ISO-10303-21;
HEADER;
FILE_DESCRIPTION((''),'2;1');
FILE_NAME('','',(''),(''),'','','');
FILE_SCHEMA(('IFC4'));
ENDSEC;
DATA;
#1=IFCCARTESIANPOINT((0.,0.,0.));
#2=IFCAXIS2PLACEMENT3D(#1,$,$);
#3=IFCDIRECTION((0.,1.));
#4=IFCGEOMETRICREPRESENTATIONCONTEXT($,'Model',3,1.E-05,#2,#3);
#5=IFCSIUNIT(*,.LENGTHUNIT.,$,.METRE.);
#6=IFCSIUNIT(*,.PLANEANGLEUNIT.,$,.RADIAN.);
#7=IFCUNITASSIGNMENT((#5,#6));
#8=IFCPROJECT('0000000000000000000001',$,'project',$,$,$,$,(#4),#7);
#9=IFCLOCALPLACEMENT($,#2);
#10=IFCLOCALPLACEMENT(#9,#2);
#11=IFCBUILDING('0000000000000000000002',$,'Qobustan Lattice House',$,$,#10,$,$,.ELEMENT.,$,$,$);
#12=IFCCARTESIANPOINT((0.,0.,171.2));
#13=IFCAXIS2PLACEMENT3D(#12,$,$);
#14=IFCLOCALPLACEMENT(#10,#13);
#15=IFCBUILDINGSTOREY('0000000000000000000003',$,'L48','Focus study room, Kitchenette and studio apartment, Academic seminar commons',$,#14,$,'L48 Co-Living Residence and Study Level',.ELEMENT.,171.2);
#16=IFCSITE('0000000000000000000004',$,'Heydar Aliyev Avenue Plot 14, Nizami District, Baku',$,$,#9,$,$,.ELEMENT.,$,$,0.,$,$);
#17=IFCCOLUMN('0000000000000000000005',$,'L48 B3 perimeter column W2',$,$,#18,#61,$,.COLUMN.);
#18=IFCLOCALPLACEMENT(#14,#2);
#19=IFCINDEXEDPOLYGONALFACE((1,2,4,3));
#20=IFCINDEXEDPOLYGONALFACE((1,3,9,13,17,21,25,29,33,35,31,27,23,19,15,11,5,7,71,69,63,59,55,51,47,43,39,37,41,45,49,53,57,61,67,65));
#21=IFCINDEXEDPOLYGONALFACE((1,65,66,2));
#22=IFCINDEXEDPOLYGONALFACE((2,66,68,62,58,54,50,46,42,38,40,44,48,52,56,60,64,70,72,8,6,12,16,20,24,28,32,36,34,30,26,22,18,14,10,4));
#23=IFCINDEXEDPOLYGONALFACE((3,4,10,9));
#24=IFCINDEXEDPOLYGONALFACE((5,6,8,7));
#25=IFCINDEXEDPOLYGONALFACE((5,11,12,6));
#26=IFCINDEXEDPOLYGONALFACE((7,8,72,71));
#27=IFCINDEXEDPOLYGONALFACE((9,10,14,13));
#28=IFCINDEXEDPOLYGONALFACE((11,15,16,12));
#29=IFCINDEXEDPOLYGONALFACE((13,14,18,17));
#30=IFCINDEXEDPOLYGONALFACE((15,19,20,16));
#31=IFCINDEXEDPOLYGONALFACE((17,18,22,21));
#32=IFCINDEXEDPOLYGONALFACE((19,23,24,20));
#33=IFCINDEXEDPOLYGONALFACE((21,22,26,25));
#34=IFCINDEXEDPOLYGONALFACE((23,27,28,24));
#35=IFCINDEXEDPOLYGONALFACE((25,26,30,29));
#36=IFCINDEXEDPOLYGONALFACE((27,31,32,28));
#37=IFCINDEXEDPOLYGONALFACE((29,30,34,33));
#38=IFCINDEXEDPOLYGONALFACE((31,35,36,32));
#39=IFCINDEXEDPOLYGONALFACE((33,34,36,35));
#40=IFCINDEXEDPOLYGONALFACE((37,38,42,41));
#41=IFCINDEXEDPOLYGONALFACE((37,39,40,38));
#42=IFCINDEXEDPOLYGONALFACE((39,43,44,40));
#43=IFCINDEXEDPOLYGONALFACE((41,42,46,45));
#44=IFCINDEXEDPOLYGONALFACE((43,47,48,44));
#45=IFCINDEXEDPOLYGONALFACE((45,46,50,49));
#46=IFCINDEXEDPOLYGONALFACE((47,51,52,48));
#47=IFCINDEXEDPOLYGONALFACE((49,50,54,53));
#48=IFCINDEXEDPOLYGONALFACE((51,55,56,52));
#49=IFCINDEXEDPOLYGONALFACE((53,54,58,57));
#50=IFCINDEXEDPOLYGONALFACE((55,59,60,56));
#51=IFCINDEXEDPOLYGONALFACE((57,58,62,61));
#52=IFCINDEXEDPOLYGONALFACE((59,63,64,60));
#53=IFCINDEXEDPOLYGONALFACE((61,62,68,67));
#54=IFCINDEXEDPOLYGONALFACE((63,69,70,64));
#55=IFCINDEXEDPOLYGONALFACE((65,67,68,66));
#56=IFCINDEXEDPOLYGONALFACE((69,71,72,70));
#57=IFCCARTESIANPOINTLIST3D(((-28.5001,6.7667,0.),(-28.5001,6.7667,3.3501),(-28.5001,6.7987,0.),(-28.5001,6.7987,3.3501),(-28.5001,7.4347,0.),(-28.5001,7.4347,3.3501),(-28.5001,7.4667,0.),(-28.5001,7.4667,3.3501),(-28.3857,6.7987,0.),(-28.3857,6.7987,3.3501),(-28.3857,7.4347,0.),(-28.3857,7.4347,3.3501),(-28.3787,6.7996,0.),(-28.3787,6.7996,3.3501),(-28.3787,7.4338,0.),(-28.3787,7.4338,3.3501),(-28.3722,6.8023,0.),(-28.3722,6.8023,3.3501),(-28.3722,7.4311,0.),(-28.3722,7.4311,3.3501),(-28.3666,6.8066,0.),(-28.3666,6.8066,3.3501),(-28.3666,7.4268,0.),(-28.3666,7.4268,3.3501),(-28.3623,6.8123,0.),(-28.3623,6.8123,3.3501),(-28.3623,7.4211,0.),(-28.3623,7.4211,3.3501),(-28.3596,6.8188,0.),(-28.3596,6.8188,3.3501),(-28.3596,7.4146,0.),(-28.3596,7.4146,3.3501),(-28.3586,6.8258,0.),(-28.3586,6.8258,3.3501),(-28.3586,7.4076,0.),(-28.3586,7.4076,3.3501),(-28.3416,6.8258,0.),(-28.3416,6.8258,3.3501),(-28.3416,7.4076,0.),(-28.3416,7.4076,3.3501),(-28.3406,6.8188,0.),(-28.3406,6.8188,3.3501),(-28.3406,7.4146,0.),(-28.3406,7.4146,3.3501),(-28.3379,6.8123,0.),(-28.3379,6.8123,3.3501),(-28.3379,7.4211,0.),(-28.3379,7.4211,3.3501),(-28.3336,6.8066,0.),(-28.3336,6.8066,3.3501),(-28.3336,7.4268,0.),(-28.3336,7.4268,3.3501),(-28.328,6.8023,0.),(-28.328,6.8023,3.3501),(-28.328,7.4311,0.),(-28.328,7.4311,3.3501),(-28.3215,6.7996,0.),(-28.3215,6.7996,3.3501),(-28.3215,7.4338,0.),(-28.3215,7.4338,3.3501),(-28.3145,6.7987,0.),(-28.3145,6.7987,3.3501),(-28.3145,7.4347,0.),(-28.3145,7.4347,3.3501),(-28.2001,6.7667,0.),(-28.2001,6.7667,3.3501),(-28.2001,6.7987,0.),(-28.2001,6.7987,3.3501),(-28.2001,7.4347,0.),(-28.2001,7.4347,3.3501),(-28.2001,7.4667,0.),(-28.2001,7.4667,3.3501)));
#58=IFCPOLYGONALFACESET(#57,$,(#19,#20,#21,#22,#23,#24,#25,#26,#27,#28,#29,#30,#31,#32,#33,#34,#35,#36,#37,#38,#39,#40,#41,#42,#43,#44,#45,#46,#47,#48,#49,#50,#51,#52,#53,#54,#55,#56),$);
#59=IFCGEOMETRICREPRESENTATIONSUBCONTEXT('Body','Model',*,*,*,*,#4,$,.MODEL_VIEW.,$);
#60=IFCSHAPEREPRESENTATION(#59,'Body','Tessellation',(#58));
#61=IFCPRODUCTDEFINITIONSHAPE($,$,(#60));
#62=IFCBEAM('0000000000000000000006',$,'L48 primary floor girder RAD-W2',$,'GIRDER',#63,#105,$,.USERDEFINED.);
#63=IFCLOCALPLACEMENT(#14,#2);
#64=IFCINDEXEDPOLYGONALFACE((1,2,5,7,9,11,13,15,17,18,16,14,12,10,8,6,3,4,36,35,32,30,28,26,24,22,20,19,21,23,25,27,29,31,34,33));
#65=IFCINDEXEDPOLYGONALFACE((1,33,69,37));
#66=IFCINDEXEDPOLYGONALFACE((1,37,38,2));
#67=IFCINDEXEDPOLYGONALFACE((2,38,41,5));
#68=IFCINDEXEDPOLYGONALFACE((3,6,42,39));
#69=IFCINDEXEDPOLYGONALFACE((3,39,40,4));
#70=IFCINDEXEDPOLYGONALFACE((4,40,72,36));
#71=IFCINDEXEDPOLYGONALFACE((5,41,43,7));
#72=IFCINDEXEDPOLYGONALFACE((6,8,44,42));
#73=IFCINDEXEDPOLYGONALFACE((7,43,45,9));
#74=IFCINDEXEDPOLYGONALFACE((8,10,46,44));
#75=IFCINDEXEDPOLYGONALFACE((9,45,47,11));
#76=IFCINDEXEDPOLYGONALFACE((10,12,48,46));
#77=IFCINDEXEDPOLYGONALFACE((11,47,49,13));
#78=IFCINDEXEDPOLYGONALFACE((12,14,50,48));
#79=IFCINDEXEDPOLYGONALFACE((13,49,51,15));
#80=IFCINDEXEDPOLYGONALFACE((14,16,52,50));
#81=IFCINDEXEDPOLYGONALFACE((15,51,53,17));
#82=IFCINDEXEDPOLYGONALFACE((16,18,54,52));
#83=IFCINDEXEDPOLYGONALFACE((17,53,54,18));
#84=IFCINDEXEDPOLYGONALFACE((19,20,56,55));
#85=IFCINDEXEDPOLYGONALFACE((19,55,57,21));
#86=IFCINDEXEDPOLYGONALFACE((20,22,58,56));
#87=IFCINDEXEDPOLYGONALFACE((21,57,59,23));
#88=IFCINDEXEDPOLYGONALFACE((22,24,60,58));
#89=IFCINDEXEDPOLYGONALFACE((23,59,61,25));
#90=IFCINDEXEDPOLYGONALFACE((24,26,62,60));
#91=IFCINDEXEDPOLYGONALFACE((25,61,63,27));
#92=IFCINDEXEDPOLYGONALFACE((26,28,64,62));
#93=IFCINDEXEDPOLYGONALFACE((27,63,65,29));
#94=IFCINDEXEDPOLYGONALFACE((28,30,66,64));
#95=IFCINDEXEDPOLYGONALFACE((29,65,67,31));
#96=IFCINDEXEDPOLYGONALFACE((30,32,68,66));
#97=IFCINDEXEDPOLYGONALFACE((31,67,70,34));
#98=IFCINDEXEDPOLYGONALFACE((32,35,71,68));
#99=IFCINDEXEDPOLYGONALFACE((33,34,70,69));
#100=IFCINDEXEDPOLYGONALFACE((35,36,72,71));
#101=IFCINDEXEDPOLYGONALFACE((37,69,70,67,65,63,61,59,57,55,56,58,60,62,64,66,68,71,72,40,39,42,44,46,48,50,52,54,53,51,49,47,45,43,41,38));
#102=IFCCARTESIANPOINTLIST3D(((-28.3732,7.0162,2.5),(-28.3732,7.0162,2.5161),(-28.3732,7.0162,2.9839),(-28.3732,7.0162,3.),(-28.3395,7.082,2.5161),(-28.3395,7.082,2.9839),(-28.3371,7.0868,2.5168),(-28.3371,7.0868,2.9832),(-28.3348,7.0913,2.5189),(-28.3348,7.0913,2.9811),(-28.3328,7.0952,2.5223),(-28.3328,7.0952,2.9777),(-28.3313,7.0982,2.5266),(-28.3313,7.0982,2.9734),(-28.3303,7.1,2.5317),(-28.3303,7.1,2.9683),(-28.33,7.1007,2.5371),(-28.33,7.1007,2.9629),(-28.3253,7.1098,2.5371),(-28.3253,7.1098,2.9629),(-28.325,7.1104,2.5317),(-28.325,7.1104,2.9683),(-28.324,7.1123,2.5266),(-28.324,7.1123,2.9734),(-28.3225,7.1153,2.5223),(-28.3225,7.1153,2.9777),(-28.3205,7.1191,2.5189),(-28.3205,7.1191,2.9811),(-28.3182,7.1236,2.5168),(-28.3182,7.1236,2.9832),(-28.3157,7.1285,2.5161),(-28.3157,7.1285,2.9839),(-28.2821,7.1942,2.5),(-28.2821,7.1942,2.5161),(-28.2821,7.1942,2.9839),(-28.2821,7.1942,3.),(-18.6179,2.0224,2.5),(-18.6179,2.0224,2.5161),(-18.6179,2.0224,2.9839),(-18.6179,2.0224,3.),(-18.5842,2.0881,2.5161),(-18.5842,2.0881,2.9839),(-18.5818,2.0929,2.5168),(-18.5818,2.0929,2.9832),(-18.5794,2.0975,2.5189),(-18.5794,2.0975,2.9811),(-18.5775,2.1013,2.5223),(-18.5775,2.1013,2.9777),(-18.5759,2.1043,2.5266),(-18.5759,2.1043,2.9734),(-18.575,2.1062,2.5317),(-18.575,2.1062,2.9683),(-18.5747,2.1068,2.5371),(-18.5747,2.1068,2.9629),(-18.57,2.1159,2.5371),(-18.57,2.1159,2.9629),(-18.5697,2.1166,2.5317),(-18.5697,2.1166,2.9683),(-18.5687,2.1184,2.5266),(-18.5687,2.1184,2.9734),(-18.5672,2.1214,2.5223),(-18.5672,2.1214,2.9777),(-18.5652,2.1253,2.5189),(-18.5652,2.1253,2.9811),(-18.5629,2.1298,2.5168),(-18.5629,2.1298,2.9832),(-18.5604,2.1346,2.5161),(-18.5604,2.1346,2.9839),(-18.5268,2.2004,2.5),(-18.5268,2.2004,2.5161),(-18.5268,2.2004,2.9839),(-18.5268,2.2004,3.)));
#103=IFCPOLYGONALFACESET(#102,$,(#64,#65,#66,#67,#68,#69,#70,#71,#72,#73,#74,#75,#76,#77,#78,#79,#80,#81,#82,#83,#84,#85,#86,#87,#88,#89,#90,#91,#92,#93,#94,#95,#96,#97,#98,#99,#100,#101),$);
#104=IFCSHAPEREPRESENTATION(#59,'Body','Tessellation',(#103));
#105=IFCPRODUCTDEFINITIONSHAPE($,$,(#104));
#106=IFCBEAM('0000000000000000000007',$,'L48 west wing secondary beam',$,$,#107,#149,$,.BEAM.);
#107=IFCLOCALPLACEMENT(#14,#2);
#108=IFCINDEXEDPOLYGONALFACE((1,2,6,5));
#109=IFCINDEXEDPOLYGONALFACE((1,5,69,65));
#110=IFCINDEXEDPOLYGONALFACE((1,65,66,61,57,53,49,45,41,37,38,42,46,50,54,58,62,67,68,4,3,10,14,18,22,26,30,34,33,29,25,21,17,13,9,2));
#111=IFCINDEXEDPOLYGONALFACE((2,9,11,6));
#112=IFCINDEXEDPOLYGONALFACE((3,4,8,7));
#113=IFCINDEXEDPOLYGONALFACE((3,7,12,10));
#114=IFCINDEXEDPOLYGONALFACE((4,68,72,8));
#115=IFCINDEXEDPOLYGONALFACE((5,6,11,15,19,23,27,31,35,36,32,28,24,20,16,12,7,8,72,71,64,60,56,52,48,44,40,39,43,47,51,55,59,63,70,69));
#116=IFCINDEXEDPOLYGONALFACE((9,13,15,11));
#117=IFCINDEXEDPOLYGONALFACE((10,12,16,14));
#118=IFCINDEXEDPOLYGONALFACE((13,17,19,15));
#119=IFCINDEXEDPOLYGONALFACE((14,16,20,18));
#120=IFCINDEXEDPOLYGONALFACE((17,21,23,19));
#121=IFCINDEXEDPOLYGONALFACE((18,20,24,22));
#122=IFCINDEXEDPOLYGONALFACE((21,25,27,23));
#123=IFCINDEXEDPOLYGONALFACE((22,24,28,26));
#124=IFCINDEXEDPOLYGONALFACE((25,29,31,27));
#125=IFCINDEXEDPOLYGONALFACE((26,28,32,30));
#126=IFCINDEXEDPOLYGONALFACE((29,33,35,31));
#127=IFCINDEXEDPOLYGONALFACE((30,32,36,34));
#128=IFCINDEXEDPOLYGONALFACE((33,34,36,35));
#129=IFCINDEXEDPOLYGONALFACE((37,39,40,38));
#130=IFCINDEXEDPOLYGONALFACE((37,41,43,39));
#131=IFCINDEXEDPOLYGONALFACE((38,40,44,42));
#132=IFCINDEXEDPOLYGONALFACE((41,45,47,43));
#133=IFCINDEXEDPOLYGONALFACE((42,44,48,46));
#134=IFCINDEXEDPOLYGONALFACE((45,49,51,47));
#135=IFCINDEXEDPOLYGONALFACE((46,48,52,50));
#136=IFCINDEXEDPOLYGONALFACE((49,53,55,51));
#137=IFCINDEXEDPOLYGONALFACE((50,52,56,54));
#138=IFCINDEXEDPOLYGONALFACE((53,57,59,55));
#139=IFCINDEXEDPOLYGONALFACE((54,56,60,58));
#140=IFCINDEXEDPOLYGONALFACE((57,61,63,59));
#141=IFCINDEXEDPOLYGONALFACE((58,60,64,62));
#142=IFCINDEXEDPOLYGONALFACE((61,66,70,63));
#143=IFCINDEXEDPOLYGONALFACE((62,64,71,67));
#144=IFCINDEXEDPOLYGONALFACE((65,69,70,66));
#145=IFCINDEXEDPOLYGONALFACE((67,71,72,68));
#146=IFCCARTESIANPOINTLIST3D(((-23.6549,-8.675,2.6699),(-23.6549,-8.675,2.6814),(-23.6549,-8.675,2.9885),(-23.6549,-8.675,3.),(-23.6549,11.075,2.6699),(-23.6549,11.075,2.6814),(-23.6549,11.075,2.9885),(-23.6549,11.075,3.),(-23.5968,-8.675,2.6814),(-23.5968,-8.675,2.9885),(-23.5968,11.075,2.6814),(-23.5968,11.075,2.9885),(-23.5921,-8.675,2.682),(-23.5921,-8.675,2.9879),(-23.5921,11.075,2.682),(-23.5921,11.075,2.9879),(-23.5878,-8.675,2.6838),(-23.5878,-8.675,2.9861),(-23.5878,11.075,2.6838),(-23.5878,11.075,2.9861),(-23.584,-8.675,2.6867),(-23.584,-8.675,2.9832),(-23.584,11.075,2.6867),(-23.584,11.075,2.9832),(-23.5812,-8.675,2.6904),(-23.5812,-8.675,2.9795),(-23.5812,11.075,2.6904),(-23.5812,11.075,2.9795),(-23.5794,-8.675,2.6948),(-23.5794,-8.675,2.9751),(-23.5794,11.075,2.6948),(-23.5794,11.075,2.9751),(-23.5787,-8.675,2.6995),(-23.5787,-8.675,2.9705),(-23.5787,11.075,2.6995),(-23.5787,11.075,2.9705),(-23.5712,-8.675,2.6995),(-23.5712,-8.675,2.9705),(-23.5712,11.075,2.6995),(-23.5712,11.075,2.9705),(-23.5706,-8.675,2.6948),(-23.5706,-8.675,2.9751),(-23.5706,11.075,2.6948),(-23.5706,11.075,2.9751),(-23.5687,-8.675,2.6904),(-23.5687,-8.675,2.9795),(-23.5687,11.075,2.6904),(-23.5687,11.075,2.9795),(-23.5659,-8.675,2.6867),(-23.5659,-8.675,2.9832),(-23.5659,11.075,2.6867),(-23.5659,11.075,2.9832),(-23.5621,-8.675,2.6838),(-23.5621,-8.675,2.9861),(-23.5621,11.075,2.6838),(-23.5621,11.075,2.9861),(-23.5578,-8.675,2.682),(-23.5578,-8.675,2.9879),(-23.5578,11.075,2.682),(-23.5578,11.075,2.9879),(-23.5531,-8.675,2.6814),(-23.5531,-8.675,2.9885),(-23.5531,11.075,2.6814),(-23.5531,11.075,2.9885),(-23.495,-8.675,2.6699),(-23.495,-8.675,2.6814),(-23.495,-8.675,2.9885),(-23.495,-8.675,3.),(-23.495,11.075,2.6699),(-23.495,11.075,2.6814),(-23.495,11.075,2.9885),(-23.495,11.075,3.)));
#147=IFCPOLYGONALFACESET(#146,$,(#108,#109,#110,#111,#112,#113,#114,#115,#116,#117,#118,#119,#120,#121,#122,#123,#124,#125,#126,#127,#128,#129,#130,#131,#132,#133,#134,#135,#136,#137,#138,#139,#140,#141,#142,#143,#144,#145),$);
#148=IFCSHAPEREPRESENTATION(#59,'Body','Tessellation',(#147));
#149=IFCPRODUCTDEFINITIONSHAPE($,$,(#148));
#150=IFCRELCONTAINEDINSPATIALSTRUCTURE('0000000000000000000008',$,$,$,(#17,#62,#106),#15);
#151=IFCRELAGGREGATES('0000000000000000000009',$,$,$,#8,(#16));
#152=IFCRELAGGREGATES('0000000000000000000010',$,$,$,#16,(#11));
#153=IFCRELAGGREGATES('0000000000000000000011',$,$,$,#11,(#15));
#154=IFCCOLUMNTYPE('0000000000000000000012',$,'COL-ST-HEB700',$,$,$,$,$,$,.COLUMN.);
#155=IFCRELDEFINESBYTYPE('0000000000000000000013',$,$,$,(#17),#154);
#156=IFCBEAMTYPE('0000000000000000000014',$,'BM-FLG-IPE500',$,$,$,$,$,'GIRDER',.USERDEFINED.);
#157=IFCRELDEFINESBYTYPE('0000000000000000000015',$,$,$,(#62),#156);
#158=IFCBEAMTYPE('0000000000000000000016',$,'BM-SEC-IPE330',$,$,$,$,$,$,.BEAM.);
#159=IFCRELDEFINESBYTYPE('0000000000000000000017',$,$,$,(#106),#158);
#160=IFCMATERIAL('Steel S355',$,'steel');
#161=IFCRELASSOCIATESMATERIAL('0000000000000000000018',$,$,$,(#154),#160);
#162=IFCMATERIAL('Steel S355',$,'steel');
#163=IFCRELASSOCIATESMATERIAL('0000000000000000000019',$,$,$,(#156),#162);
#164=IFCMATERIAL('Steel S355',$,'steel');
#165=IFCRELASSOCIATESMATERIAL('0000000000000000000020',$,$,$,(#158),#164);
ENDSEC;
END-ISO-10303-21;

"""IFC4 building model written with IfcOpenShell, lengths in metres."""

from ifc_helpers import new_model, si_unit, direction, frame, origin, origin_2d, place, context, subcontext, project, spatial, i_section, extrude, material, material_profile, profile_set, type_object, element, save


model = new_model("IFC4")

# Units and contexts
model_context = context("Model", 3, precision=1e-05, world=origin(), true_north=direction((0.0, 1.0)))
body_context = subcontext(model_context, "Body", "Model", "MODEL_VIEW")
ifc_project = project(units=[si_unit("LENGTHUNIT", "METRE"), si_unit("PLANEANGLEUNIT", "RADIAN")], contexts=[model_context])

# Site, building, storey
site_placement = place(None, origin())
site = spatial("IfcSite", under=ifc_project, at=site_placement, Name="Heydar Aliyev Avenue Plot 14, Nizami District, Baku", CompositionType="ELEMENT", RefElevation=0.0)
building_placement = place(site_placement, origin())
building = spatial("IfcBuilding", under=site, at=building_placement, Name="Qobustan Lattice House", CompositionType="ELEMENT")
storey_placement = place(building_placement, frame((0.0, 0.0, 171.2)))
storey = spatial("IfcBuildingStorey", under=building, at=storey_placement, Name="L48", Description="Focus study room, Kitchenette and studio apartment, Academic seminar commons", LongName="L48 Co-Living Residence and Study Level", CompositionType="ELEMENT", Elevation=171.2)

# Column
ifc_material_1 = material(Name="Steel S355", Category="steel")
ifc_material_profile_1 = material_profile(ifc_material_1, i_section(OverallWidth=0.3, OverallDepth=0.7, WebThickness=0.0171, FlangeThickness=0.032, FilletRadius=0.0271, at=origin_2d()), Name="HEB700")
ifc_profile_set_1 = profile_set([ifc_material_profile_1], Name="Steel S355")
column_type = type_object("IfcColumnType", Name="COL-ST-HEB700", PredefinedType="COLUMN", material=ifc_profile_set_1)
column_placement = place(storey_placement, frame((-28.3501, 7.1167, 0.0), z_axis=(0.0, 0.0, 1.0), x_axis=(1.0, 0.0, 0.0)))
element("IfcColumn", 1, at=column_placement, inside=storey, type_object=column_type, Name="L48 B3 perimeter column W2", PredefinedType="COLUMN", context=body_context, shape_type="SweptSolid", body=[
    extrude(i_section(OverallWidth=0.3, OverallDepth=0.7, WebThickness=0.0171, FlangeThickness=0.032, FilletRadius=0.0271, at=origin_2d()), origin(), (0.0, 0.0, 1.0), 3.3501),
])

# Beams
ifc_material_2 = material(Name="Steel S355", Category="steel")
ifc_material_profile_2 = material_profile(ifc_material_2, i_section(OverallWidth=0.2, OverallDepth=0.5, WebThickness=0.0103, FlangeThickness=0.0161, FilletRadius=0.021, at=origin_2d()), Name="IPE500")
ifc_profile_set_2 = profile_set([ifc_material_profile_2], Name="Steel S355")
beam_type_1 = type_object("IfcBeamType", Name="BM-FLG-IPE500", ElementType="GIRDER", PredefinedType="USERDEFINED", material=ifc_profile_set_2)
beam_1_placement = place(storey_placement, frame((-28.3276, 7.1052, 2.75), z_axis=(0.890145, -0.455677, 0.0), x_axis=(0.455677, 0.890145, 0.0)))
element("IfcBeam", 2, at=beam_1_placement, inside=storey, type_object=beam_type_1, Name="L48 primary floor girder RAD-W2", ObjectType="GIRDER", PredefinedType="USERDEFINED", context=body_context, shape_type="SweptSolid", body=[
    extrude(i_section(OverallWidth=0.2, OverallDepth=0.5, WebThickness=0.0103, FlangeThickness=0.0161, FilletRadius=0.021, at=origin_2d()), origin(), (0.0, 0.0, 1.0), 10.9592),
])
ifc_material_3 = material(Name="Steel S355", Category="steel")
ifc_material_profile_3 = material_profile(ifc_material_3, i_section(OverallWidth=0.1599, OverallDepth=0.3301, WebThickness=0.0076, FlangeThickness=0.0115, FilletRadius=0.0181, at=origin_2d()), Name="IPE330")
ifc_profile_set_3 = profile_set([ifc_material_profile_3], Name="Steel S355")
beam_type_2 = type_object("IfcBeamType", Name="BM-SEC-IPE330", PredefinedType="BEAM", material=ifc_profile_set_3)
beam_2_placement = place(storey_placement, frame((-23.575, 11.075, 2.835), z_axis=(0.0, -1.0, 0.0), x_axis=(1.0, 0.0, 0.0)))
element("IfcBeam", 3, at=beam_2_placement, inside=storey, type_object=beam_type_2, Name="L48 west wing secondary beam", PredefinedType="BEAM", context=body_context, shape_type="SweptSolid", body=[
    extrude(i_section(OverallWidth=0.1599, OverallDepth=0.3301, WebThickness=0.0076, FlangeThickness=0.0115, FilletRadius=0.0181, at=origin_2d()), origin(), (0.0, 0.0, 1.0), 19.75),
])

save(model, "model.ifc")
